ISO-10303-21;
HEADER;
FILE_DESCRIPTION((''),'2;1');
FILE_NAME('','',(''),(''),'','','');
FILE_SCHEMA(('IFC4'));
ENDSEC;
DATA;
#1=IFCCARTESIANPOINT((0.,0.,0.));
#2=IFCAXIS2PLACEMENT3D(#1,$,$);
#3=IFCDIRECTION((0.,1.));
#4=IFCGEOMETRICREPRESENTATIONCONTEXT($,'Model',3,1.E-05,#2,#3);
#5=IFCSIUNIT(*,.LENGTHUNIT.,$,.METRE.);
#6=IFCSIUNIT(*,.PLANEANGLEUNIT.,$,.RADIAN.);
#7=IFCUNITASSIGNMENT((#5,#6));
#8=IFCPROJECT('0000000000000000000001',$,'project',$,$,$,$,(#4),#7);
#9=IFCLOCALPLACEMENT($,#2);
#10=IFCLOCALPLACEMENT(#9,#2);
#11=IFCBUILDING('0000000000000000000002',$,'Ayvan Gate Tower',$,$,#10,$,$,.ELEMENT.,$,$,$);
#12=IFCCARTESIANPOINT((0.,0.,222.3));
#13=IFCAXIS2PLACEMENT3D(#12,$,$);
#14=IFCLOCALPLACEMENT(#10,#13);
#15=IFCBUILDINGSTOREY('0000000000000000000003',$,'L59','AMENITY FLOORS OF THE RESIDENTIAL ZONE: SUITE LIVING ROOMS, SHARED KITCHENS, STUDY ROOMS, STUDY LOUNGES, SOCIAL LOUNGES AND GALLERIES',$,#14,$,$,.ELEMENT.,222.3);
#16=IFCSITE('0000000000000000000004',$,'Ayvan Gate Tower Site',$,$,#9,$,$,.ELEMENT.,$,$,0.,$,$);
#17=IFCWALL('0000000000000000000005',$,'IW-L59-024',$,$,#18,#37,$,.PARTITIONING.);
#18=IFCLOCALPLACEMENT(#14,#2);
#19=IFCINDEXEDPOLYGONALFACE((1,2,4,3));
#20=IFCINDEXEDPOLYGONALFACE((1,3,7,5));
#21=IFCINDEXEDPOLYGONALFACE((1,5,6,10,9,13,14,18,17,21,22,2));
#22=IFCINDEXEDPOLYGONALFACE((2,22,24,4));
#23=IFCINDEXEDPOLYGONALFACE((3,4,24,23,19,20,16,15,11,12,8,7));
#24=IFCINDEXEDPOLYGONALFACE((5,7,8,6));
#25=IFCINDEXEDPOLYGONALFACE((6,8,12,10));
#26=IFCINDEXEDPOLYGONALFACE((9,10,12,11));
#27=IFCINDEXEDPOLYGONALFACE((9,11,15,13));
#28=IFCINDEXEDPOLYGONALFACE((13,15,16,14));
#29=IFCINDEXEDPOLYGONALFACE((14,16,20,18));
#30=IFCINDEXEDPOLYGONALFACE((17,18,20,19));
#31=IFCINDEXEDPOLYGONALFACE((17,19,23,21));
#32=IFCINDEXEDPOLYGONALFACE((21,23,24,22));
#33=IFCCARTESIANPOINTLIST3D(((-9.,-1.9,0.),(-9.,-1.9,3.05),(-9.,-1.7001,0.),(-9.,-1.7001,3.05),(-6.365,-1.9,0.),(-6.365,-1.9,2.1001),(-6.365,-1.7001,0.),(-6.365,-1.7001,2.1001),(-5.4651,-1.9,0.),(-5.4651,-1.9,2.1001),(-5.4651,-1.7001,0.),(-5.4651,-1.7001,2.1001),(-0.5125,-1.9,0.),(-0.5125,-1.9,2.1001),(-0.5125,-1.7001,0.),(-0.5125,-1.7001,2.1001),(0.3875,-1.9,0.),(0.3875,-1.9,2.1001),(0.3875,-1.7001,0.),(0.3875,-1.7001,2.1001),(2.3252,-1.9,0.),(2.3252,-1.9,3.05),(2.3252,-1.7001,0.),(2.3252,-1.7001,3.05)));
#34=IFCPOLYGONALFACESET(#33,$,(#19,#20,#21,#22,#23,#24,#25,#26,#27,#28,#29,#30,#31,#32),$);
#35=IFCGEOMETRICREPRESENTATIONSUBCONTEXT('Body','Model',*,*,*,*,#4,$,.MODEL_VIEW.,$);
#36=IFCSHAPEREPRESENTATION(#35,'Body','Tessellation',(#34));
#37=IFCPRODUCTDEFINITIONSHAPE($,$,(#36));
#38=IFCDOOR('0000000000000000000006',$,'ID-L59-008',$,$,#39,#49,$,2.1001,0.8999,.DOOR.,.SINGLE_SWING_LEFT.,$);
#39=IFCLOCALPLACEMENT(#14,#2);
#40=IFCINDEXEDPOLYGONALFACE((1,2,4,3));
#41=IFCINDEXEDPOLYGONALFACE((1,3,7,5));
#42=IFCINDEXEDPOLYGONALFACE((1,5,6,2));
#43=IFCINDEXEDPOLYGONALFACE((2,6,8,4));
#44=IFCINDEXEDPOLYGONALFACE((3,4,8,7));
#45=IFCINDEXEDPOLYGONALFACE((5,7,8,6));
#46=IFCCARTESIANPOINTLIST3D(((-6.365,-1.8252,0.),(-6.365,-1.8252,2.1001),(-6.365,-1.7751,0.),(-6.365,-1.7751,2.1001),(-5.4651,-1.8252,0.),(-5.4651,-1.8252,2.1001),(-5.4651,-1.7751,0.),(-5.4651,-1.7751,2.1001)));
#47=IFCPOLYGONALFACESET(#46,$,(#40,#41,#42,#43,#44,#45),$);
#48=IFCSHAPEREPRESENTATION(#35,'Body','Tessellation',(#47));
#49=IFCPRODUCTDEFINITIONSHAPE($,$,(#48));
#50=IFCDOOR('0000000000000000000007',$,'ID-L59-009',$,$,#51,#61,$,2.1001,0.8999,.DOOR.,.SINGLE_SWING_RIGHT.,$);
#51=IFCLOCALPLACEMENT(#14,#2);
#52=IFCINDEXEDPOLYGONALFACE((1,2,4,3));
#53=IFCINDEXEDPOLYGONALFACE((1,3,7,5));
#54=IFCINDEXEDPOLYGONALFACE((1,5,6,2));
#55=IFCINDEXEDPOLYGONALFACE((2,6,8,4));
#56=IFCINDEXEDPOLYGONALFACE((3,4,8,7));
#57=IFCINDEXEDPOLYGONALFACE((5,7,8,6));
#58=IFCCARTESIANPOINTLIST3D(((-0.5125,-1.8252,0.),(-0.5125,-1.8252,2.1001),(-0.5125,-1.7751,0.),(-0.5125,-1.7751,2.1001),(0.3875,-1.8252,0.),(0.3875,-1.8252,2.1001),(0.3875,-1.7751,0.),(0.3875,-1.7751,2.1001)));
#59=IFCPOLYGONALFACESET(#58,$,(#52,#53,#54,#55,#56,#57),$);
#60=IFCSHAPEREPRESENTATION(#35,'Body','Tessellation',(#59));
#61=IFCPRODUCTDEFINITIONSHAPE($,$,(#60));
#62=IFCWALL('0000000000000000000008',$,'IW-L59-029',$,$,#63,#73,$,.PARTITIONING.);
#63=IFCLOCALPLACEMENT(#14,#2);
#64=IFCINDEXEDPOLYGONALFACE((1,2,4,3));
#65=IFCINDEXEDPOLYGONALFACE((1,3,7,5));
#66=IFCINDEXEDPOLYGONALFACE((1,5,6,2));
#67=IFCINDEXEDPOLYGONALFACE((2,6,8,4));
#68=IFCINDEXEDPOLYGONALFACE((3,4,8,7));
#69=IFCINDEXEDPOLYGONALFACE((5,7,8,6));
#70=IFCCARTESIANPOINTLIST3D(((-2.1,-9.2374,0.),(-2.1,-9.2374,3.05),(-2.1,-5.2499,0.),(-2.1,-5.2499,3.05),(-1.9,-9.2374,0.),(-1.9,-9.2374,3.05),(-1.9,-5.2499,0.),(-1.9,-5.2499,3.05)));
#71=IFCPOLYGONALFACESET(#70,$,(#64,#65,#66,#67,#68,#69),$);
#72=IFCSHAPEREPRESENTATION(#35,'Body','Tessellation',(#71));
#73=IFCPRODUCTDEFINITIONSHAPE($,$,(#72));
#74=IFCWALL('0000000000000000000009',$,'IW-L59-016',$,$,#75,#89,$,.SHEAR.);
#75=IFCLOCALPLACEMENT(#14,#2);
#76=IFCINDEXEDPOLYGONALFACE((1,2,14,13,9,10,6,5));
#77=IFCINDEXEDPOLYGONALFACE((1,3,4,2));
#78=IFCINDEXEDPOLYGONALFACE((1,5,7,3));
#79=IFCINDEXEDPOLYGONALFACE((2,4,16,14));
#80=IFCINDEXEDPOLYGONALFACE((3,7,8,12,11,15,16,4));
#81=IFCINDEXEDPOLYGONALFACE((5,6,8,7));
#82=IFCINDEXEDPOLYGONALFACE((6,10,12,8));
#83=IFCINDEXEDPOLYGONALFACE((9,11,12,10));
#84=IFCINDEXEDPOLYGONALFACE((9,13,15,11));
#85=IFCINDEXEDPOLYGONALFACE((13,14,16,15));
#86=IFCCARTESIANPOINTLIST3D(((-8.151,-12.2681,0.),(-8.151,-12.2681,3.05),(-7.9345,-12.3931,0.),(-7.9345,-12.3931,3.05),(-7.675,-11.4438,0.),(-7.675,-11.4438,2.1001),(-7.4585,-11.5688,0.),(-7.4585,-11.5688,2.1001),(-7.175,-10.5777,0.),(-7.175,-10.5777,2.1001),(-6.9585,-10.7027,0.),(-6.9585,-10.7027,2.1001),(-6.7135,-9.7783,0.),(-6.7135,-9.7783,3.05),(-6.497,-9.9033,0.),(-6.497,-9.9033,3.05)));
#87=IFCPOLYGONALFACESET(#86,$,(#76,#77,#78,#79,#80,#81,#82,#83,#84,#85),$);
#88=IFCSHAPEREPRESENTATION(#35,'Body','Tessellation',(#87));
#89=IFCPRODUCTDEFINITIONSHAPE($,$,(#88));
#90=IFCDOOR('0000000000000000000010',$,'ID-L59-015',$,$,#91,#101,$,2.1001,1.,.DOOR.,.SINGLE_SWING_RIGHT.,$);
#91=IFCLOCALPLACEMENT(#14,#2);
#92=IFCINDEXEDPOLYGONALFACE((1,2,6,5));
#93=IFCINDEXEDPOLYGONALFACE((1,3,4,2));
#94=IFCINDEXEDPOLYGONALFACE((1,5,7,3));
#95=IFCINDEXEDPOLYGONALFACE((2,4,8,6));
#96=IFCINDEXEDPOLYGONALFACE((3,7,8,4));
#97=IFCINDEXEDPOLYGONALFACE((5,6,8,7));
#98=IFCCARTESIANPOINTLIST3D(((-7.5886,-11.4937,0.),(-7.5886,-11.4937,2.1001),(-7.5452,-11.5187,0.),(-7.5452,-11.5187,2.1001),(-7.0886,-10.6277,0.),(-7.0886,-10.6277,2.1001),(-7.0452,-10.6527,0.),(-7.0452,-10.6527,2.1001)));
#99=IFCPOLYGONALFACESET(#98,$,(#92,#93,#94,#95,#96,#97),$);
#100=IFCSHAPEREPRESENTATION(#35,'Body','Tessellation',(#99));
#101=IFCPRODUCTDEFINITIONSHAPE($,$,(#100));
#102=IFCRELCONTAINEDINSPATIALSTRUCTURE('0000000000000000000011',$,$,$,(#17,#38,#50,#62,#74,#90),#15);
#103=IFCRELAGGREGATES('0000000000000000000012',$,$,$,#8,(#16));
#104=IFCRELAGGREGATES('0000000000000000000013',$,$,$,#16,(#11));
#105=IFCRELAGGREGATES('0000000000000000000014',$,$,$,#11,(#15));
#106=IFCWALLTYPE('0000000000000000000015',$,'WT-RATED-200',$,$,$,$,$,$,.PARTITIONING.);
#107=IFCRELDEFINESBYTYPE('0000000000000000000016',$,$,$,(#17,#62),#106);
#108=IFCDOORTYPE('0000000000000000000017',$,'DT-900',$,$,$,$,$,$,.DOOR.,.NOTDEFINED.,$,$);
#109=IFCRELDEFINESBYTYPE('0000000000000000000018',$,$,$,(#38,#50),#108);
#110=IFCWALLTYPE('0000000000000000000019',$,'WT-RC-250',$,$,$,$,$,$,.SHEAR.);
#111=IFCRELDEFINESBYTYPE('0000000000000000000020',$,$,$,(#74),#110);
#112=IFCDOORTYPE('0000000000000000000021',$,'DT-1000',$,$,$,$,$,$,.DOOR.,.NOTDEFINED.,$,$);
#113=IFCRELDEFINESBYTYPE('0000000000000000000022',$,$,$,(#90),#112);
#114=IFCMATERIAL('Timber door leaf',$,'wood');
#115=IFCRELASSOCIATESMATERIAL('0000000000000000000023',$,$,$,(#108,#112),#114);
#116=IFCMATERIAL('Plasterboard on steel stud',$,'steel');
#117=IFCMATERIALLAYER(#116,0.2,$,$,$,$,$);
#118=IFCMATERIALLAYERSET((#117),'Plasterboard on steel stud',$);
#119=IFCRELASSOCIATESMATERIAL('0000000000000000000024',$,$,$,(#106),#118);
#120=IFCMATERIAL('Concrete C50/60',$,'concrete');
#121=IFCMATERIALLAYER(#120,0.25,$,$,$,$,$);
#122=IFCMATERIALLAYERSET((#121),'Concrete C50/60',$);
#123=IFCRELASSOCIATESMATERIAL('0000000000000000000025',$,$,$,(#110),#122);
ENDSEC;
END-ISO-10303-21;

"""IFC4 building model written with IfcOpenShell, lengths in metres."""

from ifc_helpers import new_model, si_unit, direction, frame, frame_2d, origin, place, context, subcontext, project, spatial, rectangle, extrude, material, layer, layer_set, type_object, element, fill, save


model = new_model("IFC4")

# Units and contexts
model_context = context("Model", 3, precision=1e-05, world=origin(), true_north=direction((0.0, 1.0)))
body_context = subcontext(model_context, "Body", "Model", "MODEL_VIEW")
ifc_project = project(units=[si_unit("LENGTHUNIT", "METRE"), si_unit("PLANEANGLEUNIT", "RADIAN")], contexts=[model_context])

# Site, building, storey
site_placement = place(None, origin())
site = spatial("IfcSite", under=ifc_project, at=site_placement, Name="Ayvan Gate Tower Site", CompositionType="ELEMENT", RefElevation=0.0)
building_placement = place(site_placement, origin())
building = spatial("IfcBuilding", under=site, at=building_placement, Name="Ayvan Gate Tower", CompositionType="ELEMENT")
storey_placement = place(building_placement, frame((0.0, 0.0, 222.3)))
storey = spatial("IfcBuildingStorey", under=building, at=storey_placement, Name="L59", Description="AMENITY FLOORS OF THE RESIDENTIAL ZONE: SUITE LIVING ROOMS, SHARED KITCHENS, STUDY ROOMS, STUDY LOUNGES, SOCIAL LOUNGES AND GALLERIES", CompositionType="ELEMENT", Elevation=222.3)

# Shared definitions
ifc_material_1 = material(Name="Timber door leaf", Category="wood")
door_type_1 = type_object("IfcDoorType", Name="DT-900", OperationType="NOTDEFINED", PredefinedType="DOOR", material=ifc_material_1)

# Shared definitions
ifc_material_2 = material(Name="Plasterboard on steel stud", Category="steel")
door_type_2 = type_object("IfcDoorType", Name="DT-1000", OperationType="NOTDEFINED", PredefinedType="DOOR", material=ifc_material_1)

# Shared definitions
ifc_layer_1 = layer(ifc_material_2, 0.2)
ifc_layer_set_1 = layer_set([ifc_layer_1], Name="Plasterboard on steel stud")
wall_type_1 = type_object("IfcWallType", Name="WT-RATED-200", PredefinedType="PARTITIONING", material=ifc_layer_set_1)

# Wall, openings, doors
wall_1_placement = place(storey_placement, frame((-9.0, -1.8, 0.0), z_axis=(0.0, 0.0, 1.0), x_axis=(1.0, 0.0, 0.0)))
wall_1 = element("IfcWall", 1, at=wall_1_placement, inside=storey, type_object=wall_type_1, Name="IW-L59-024", PredefinedType="PARTITIONING", context=body_context, shape_type="SweptSolid", body=[
    extrude(rectangle(XDim=11.3252, YDim=0.2, at=frame_2d((5.6626, 0.0))), origin(), (0.0, 0.0, 1.0), 3.05),
])
opening_1_placement = place(wall_1_placement, frame((2.635, 0.0, 0.0)))
opening_1 = element("IfcOpeningElement", 2, at=opening_1_placement, cuts=wall_1, PredefinedType="OPENING", context=body_context, shape_type="SweptSolid", body=[
    extrude(rectangle(XDim=0.8999, YDim=2.1001, at=frame_2d((0.45, 1.05))), frame((0.0, 0.1099, 0.0), z_axis=(0.0, -1.0, 0.0), x_axis=(1.0, 0.0, 0.0)), (0.0, 0.0, 1.0), 0.22),
])
opening_2_placement = place(wall_1_placement, frame((8.4875, 0.0, 0.0)))
opening_2 = element("IfcOpeningElement", 3, at=opening_2_placement, cuts=wall_1, PredefinedType="OPENING", context=body_context, shape_type="SweptSolid", body=[
    extrude(rectangle(XDim=0.8999, YDim=2.1001, at=frame_2d((0.45, 1.05))), frame((0.0, 0.1099, 0.0), z_axis=(0.0, -1.0, 0.0), x_axis=(1.0, 0.0, 0.0)), (0.0, 0.0, 1.0), 0.22),
])
door_1_placement = place(opening_1_placement, origin())
door_1 = element("IfcDoor", 4, at=door_1_placement, inside=storey, type_object=door_type_1, Name="ID-L59-008", OperationType="SINGLE_SWING_LEFT", OverallHeight=2.1001, OverallWidth=0.8999, PredefinedType="DOOR", context=body_context, shape_type="SweptSolid", body=[
    extrude(rectangle(XDim=0.8999, YDim=2.1001, at=frame_2d((0.45, 1.05))), frame((0.0, 0.0249, 0.0), z_axis=(0.0, -1.0, 0.0), x_axis=(1.0, 0.0, 0.0)), (0.0, 0.0, 1.0), 0.05),
])
fill(opening_1, door_1)
door_2_placement = place(opening_2_placement, origin())
door_2 = element("IfcDoor", 5, at=door_2_placement, inside=storey, type_object=door_type_1, Name="ID-L59-009", OperationType="SINGLE_SWING_RIGHT", OverallHeight=2.1001, OverallWidth=0.8999, PredefinedType="DOOR", context=body_context, shape_type="SweptSolid", body=[
    extrude(rectangle(XDim=0.8999, YDim=2.1001, at=frame_2d((0.45, 1.05))), frame((0.0, 0.0249, 0.0), z_axis=(0.0, -1.0, 0.0), x_axis=(1.0, 0.0, 0.0)), (0.0, 0.0, 1.0), 0.05),
])
fill(opening_2, door_2)

# Wall
wall_2_placement = place(storey_placement, frame((-2.0, -5.25, 0.0), z_axis=(0.0, 0.0, 1.0), x_axis=(0.0, -1.0, 0.0)))
element("IfcWall", 6, at=wall_2_placement, inside=storey, type_object=wall_type_1, Name="IW-L59-029", PredefinedType="PARTITIONING", context=body_context, shape_type="SweptSolid", body=[
    extrude(rectangle(XDim=3.9875, YDim=0.2, at=frame_2d((1.9937, 0.0))), origin(), (0.0, 0.0, 1.0), 3.05),
])

# Wall, opening, door
ifc_material_3 = material(Name="Concrete C50/60", Category="concrete")
ifc_layer_2 = layer(ifc_material_3, 0.25)
ifc_layer_set_2 = layer_set([ifc_layer_2], Name="Concrete C50/60")
wall_type_2 = type_object("IfcWallType", Name="WT-RC-250", PredefinedType="SHEAR", material=ifc_layer_set_2)
wall_3_placement = place(storey_placement, frame((-6.6052, -9.8408, 0.0), z_axis=(0.0, 0.0, 1.0), x_axis=(-0.500012, -0.866019, 0.0)))
wall_3 = element("IfcWall", 7, at=wall_3_placement, inside=storey, type_object=wall_type_2, Name="IW-L59-016", PredefinedType="SHEAR", context=body_context, shape_type="SweptSolid", body=[
    extrude(rectangle(XDim=2.875, YDim=0.25, at=frame_2d((1.4375, 0.0))), origin(), (0.0, 0.0, 1.0), 3.05),
])
opening_3_placement = place(wall_3_placement, frame((0.9231, 0.0, 0.0)))
opening_3 = element("IfcOpeningElement", 8, at=opening_3_placement, cuts=wall_3, PredefinedType="OPENING", context=body_context, shape_type="SweptSolid", body=[
    extrude(rectangle(XDim=1.0, YDim=2.1001, at=frame_2d((0.5, 1.05))), frame((0.0, 0.135, 0.0), z_axis=(0.0, -1.0, 0.0), x_axis=(1.0, 0.0, 0.0)), (0.0, 0.0, 1.0), 0.27),
])
door_3_placement = place(opening_3_placement, origin())
door_3 = element("IfcDoor", 9, at=door_3_placement, inside=storey, type_object=door_type_2, Name="ID-L59-015", OperationType="SINGLE_SWING_RIGHT", OverallHeight=2.1001, OverallWidth=1.0, PredefinedType="DOOR", context=body_context, shape_type="SweptSolid", body=[
    extrude(rectangle(XDim=1.0, YDim=2.1001, at=frame_2d((0.5, 1.05))), frame((0.0, 0.0249, 0.0), z_axis=(0.0, -1.0, 0.0), x_axis=(1.0, 0.0, 0.0)), (0.0, 0.0, 1.0), 0.05),
])
fill(opening_3, door_3)

save(model, "model.ifc")
